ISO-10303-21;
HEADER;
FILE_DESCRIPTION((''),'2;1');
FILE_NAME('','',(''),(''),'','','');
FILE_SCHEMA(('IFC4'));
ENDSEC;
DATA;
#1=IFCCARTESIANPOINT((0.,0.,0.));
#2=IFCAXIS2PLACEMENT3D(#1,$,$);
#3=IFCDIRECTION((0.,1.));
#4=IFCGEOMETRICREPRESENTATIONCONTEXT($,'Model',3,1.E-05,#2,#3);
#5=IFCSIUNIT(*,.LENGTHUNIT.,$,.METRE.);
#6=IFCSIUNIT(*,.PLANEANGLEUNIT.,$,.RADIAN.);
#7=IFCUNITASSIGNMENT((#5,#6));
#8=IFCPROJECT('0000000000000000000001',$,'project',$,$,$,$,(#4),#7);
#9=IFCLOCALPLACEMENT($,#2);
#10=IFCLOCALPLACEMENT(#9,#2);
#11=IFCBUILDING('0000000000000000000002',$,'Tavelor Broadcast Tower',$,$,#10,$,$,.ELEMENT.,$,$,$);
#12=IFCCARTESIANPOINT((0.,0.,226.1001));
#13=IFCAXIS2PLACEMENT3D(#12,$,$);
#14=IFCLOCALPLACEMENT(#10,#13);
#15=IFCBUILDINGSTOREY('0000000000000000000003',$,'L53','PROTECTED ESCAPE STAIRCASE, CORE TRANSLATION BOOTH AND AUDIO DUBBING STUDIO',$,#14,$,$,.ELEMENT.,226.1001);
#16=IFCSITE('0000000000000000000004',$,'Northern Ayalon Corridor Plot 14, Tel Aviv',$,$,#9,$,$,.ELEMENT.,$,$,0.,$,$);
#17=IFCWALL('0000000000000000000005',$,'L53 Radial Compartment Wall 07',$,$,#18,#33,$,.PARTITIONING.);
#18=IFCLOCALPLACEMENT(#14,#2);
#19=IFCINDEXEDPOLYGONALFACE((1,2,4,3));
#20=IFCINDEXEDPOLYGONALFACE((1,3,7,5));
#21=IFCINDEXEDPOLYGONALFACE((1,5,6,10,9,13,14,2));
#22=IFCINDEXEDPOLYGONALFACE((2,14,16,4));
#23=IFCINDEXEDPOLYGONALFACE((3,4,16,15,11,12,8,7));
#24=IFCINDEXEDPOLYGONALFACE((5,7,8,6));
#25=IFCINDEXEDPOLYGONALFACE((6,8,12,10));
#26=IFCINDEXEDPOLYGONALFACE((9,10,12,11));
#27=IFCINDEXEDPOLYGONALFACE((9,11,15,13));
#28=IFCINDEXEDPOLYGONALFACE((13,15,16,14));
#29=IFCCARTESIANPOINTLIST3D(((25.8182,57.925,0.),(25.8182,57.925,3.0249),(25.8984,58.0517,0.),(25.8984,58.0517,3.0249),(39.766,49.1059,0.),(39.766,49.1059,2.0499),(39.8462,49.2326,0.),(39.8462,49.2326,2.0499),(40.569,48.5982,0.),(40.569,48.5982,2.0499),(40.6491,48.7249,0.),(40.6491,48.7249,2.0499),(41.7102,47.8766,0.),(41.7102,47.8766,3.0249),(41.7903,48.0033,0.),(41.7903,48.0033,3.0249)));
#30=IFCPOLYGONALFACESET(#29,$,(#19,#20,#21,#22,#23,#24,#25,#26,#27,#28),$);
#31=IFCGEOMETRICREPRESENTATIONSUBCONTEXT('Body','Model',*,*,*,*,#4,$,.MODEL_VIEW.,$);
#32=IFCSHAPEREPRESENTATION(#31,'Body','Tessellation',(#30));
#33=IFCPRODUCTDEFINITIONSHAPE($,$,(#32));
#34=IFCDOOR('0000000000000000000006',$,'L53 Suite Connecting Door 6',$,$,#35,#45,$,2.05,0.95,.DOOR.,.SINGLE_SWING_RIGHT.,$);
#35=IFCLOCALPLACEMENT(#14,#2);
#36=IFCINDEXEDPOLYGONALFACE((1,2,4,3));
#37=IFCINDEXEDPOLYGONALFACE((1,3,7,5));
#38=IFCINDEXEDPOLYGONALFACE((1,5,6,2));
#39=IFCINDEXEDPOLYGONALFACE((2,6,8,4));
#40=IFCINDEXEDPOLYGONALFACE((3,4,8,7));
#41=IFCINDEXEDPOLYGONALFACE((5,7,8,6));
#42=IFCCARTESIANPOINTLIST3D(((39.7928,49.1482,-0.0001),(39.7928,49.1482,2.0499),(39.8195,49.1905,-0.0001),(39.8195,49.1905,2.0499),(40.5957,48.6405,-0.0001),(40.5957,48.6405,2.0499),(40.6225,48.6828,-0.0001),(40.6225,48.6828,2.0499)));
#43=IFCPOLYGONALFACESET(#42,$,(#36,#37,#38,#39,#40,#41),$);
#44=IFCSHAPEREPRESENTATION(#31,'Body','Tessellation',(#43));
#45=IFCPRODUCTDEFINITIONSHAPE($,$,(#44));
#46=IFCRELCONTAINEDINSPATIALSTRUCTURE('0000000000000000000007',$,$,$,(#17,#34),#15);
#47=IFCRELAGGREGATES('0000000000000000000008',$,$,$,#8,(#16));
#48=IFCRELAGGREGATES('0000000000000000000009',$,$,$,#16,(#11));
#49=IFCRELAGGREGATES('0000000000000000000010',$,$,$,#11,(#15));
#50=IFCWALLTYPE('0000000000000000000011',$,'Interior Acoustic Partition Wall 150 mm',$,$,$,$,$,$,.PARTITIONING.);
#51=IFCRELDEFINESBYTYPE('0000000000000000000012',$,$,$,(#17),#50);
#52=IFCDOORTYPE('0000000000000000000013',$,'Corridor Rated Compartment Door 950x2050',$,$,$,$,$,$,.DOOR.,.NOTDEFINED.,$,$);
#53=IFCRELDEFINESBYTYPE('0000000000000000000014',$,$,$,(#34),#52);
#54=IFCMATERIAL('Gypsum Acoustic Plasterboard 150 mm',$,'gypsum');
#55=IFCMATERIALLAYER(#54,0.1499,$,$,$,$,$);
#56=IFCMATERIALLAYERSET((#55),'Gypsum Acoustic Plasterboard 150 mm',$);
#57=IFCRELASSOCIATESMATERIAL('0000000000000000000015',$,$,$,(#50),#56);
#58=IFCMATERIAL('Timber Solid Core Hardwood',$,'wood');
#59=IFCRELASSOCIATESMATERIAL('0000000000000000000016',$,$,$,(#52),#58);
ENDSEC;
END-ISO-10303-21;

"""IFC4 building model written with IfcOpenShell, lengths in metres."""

from ifc_helpers import new_model, si_unit, direction, frame, frame_2d, origin, place, context, subcontext, project, spatial, rectangle, extrude, material, layer, layer_set, type_object, element, fill, save


model = new_model("IFC4")

# Units and contexts
model_context = context("Model", 3, precision=1e-05, world=origin(), true_north=direction((0.0, 1.0)))
body_context = subcontext(model_context, "Body", "Model", "MODEL_VIEW")
ifc_project = project(units=[si_unit("LENGTHUNIT", "METRE"), si_unit("PLANEANGLEUNIT", "RADIAN")], contexts=[model_context])

# Site, building, storey
site_placement = place(None, origin())
site = spatial("IfcSite", under=ifc_project, at=site_placement, Name="Northern Ayalon Corridor Plot 14, Tel Aviv", CompositionType="ELEMENT", RefElevation=0.0)
building_placement = place(site_placement, origin())
building = spatial("IfcBuilding", under=site, at=building_placement, Name="Tavelor Broadcast Tower", CompositionType="ELEMENT")
storey_placement = place(building_placement, frame((0.0, 0.0, 226.1001)))
storey = spatial("IfcBuildingStorey", under=building, at=storey_placement, Name="L53", Description="PROTECTED ESCAPE STAIRCASE, CORE TRANSLATION BOOTH AND AUDIO DUBBING STUDIO", CompositionType="ELEMENT", Elevation=226.1001)

# Shared definitions
ifc_material_1 = material(Name="Gypsum Acoustic Plasterboard 150 mm", Category="gypsum")
ifc_layer_1 = layer(ifc_material_1, 0.1499)
ifc_layer_set_1 = layer_set([ifc_layer_1], Name="Gypsum Acoustic Plasterboard 150 mm")
wall_type_1 = type_object("IfcWallType", Name="Interior Acoustic Partition Wall 150 mm", PredefinedType="PARTITIONING", material=ifc_layer_set_1)

# Wall, opening, door
ifc_material_2 = material(Name="Timber Solid Core Hardwood", Category="wood")
door_type_1 = type_object("IfcDoorType", Name="Corridor Rated Compartment Door 950x2050", OperationType="NOTDEFINED", PredefinedType="DOOR", material=ifc_material_2)
wall_1_placement = place(storey_placement, frame((41.7502, 47.9399, 0.0), z_axis=(0.0, 0.0, 1.0), x_axis=(-0.845215, 0.534426, 0.0)))
wall_1 = element("IfcWall", 1, at=wall_1_placement, inside=storey, type_object=wall_type_1, Name="L53 Radial Compartment Wall 07", PredefinedType="PARTITIONING", context=body_context, shape_type="SweptSolid", body=[
    extrude(rectangle(XDim=18.8022, YDim=0.1499, at=frame_2d((9.4011, 0.0))), origin(), (0.0, 0.0, 1.0), 3.0249),
])
opening_1_placement = place(wall_1_placement, frame((1.3501, 0.0, 0.0)))
opening_1 = element("IfcOpeningElement", 2, at=opening_1_placement, cuts=wall_1, PredefinedType="OPENING", context=body_context, shape_type="SweptSolid", body=[
    extrude(rectangle(XDim=0.95, YDim=2.05, at=frame_2d((0.4751, 1.0249))), frame((0.0, 0.085, 0.0), z_axis=(0.0, -1.0, 0.0), x_axis=(1.0, 0.0, 0.0)), (0.0, 0.0, 1.0), 0.1699),
])
door_1_placement = place(opening_1_placement, origin())
door_1 = element("IfcDoor", 3, at=door_1_placement, inside=storey, type_object=door_type_1, Name="L53 Suite Connecting Door 6", OperationType="SINGLE_SWING_RIGHT", OverallHeight=2.05, OverallWidth=0.95, PredefinedType="DOOR", context=body_context, shape_type="SweptSolid", body=[
    extrude(rectangle(XDim=0.95, YDim=2.05, at=frame_2d((0.4751, 1.0249))), frame((0.0, 0.0249, 0.0), z_axis=(0.0, -1.0, 0.0), x_axis=(1.0, 0.0, 0.0)), (0.0, 0.0, 1.0), 0.05),
])
fill(opening_1, door_1)

save(model, "model.ifc")
